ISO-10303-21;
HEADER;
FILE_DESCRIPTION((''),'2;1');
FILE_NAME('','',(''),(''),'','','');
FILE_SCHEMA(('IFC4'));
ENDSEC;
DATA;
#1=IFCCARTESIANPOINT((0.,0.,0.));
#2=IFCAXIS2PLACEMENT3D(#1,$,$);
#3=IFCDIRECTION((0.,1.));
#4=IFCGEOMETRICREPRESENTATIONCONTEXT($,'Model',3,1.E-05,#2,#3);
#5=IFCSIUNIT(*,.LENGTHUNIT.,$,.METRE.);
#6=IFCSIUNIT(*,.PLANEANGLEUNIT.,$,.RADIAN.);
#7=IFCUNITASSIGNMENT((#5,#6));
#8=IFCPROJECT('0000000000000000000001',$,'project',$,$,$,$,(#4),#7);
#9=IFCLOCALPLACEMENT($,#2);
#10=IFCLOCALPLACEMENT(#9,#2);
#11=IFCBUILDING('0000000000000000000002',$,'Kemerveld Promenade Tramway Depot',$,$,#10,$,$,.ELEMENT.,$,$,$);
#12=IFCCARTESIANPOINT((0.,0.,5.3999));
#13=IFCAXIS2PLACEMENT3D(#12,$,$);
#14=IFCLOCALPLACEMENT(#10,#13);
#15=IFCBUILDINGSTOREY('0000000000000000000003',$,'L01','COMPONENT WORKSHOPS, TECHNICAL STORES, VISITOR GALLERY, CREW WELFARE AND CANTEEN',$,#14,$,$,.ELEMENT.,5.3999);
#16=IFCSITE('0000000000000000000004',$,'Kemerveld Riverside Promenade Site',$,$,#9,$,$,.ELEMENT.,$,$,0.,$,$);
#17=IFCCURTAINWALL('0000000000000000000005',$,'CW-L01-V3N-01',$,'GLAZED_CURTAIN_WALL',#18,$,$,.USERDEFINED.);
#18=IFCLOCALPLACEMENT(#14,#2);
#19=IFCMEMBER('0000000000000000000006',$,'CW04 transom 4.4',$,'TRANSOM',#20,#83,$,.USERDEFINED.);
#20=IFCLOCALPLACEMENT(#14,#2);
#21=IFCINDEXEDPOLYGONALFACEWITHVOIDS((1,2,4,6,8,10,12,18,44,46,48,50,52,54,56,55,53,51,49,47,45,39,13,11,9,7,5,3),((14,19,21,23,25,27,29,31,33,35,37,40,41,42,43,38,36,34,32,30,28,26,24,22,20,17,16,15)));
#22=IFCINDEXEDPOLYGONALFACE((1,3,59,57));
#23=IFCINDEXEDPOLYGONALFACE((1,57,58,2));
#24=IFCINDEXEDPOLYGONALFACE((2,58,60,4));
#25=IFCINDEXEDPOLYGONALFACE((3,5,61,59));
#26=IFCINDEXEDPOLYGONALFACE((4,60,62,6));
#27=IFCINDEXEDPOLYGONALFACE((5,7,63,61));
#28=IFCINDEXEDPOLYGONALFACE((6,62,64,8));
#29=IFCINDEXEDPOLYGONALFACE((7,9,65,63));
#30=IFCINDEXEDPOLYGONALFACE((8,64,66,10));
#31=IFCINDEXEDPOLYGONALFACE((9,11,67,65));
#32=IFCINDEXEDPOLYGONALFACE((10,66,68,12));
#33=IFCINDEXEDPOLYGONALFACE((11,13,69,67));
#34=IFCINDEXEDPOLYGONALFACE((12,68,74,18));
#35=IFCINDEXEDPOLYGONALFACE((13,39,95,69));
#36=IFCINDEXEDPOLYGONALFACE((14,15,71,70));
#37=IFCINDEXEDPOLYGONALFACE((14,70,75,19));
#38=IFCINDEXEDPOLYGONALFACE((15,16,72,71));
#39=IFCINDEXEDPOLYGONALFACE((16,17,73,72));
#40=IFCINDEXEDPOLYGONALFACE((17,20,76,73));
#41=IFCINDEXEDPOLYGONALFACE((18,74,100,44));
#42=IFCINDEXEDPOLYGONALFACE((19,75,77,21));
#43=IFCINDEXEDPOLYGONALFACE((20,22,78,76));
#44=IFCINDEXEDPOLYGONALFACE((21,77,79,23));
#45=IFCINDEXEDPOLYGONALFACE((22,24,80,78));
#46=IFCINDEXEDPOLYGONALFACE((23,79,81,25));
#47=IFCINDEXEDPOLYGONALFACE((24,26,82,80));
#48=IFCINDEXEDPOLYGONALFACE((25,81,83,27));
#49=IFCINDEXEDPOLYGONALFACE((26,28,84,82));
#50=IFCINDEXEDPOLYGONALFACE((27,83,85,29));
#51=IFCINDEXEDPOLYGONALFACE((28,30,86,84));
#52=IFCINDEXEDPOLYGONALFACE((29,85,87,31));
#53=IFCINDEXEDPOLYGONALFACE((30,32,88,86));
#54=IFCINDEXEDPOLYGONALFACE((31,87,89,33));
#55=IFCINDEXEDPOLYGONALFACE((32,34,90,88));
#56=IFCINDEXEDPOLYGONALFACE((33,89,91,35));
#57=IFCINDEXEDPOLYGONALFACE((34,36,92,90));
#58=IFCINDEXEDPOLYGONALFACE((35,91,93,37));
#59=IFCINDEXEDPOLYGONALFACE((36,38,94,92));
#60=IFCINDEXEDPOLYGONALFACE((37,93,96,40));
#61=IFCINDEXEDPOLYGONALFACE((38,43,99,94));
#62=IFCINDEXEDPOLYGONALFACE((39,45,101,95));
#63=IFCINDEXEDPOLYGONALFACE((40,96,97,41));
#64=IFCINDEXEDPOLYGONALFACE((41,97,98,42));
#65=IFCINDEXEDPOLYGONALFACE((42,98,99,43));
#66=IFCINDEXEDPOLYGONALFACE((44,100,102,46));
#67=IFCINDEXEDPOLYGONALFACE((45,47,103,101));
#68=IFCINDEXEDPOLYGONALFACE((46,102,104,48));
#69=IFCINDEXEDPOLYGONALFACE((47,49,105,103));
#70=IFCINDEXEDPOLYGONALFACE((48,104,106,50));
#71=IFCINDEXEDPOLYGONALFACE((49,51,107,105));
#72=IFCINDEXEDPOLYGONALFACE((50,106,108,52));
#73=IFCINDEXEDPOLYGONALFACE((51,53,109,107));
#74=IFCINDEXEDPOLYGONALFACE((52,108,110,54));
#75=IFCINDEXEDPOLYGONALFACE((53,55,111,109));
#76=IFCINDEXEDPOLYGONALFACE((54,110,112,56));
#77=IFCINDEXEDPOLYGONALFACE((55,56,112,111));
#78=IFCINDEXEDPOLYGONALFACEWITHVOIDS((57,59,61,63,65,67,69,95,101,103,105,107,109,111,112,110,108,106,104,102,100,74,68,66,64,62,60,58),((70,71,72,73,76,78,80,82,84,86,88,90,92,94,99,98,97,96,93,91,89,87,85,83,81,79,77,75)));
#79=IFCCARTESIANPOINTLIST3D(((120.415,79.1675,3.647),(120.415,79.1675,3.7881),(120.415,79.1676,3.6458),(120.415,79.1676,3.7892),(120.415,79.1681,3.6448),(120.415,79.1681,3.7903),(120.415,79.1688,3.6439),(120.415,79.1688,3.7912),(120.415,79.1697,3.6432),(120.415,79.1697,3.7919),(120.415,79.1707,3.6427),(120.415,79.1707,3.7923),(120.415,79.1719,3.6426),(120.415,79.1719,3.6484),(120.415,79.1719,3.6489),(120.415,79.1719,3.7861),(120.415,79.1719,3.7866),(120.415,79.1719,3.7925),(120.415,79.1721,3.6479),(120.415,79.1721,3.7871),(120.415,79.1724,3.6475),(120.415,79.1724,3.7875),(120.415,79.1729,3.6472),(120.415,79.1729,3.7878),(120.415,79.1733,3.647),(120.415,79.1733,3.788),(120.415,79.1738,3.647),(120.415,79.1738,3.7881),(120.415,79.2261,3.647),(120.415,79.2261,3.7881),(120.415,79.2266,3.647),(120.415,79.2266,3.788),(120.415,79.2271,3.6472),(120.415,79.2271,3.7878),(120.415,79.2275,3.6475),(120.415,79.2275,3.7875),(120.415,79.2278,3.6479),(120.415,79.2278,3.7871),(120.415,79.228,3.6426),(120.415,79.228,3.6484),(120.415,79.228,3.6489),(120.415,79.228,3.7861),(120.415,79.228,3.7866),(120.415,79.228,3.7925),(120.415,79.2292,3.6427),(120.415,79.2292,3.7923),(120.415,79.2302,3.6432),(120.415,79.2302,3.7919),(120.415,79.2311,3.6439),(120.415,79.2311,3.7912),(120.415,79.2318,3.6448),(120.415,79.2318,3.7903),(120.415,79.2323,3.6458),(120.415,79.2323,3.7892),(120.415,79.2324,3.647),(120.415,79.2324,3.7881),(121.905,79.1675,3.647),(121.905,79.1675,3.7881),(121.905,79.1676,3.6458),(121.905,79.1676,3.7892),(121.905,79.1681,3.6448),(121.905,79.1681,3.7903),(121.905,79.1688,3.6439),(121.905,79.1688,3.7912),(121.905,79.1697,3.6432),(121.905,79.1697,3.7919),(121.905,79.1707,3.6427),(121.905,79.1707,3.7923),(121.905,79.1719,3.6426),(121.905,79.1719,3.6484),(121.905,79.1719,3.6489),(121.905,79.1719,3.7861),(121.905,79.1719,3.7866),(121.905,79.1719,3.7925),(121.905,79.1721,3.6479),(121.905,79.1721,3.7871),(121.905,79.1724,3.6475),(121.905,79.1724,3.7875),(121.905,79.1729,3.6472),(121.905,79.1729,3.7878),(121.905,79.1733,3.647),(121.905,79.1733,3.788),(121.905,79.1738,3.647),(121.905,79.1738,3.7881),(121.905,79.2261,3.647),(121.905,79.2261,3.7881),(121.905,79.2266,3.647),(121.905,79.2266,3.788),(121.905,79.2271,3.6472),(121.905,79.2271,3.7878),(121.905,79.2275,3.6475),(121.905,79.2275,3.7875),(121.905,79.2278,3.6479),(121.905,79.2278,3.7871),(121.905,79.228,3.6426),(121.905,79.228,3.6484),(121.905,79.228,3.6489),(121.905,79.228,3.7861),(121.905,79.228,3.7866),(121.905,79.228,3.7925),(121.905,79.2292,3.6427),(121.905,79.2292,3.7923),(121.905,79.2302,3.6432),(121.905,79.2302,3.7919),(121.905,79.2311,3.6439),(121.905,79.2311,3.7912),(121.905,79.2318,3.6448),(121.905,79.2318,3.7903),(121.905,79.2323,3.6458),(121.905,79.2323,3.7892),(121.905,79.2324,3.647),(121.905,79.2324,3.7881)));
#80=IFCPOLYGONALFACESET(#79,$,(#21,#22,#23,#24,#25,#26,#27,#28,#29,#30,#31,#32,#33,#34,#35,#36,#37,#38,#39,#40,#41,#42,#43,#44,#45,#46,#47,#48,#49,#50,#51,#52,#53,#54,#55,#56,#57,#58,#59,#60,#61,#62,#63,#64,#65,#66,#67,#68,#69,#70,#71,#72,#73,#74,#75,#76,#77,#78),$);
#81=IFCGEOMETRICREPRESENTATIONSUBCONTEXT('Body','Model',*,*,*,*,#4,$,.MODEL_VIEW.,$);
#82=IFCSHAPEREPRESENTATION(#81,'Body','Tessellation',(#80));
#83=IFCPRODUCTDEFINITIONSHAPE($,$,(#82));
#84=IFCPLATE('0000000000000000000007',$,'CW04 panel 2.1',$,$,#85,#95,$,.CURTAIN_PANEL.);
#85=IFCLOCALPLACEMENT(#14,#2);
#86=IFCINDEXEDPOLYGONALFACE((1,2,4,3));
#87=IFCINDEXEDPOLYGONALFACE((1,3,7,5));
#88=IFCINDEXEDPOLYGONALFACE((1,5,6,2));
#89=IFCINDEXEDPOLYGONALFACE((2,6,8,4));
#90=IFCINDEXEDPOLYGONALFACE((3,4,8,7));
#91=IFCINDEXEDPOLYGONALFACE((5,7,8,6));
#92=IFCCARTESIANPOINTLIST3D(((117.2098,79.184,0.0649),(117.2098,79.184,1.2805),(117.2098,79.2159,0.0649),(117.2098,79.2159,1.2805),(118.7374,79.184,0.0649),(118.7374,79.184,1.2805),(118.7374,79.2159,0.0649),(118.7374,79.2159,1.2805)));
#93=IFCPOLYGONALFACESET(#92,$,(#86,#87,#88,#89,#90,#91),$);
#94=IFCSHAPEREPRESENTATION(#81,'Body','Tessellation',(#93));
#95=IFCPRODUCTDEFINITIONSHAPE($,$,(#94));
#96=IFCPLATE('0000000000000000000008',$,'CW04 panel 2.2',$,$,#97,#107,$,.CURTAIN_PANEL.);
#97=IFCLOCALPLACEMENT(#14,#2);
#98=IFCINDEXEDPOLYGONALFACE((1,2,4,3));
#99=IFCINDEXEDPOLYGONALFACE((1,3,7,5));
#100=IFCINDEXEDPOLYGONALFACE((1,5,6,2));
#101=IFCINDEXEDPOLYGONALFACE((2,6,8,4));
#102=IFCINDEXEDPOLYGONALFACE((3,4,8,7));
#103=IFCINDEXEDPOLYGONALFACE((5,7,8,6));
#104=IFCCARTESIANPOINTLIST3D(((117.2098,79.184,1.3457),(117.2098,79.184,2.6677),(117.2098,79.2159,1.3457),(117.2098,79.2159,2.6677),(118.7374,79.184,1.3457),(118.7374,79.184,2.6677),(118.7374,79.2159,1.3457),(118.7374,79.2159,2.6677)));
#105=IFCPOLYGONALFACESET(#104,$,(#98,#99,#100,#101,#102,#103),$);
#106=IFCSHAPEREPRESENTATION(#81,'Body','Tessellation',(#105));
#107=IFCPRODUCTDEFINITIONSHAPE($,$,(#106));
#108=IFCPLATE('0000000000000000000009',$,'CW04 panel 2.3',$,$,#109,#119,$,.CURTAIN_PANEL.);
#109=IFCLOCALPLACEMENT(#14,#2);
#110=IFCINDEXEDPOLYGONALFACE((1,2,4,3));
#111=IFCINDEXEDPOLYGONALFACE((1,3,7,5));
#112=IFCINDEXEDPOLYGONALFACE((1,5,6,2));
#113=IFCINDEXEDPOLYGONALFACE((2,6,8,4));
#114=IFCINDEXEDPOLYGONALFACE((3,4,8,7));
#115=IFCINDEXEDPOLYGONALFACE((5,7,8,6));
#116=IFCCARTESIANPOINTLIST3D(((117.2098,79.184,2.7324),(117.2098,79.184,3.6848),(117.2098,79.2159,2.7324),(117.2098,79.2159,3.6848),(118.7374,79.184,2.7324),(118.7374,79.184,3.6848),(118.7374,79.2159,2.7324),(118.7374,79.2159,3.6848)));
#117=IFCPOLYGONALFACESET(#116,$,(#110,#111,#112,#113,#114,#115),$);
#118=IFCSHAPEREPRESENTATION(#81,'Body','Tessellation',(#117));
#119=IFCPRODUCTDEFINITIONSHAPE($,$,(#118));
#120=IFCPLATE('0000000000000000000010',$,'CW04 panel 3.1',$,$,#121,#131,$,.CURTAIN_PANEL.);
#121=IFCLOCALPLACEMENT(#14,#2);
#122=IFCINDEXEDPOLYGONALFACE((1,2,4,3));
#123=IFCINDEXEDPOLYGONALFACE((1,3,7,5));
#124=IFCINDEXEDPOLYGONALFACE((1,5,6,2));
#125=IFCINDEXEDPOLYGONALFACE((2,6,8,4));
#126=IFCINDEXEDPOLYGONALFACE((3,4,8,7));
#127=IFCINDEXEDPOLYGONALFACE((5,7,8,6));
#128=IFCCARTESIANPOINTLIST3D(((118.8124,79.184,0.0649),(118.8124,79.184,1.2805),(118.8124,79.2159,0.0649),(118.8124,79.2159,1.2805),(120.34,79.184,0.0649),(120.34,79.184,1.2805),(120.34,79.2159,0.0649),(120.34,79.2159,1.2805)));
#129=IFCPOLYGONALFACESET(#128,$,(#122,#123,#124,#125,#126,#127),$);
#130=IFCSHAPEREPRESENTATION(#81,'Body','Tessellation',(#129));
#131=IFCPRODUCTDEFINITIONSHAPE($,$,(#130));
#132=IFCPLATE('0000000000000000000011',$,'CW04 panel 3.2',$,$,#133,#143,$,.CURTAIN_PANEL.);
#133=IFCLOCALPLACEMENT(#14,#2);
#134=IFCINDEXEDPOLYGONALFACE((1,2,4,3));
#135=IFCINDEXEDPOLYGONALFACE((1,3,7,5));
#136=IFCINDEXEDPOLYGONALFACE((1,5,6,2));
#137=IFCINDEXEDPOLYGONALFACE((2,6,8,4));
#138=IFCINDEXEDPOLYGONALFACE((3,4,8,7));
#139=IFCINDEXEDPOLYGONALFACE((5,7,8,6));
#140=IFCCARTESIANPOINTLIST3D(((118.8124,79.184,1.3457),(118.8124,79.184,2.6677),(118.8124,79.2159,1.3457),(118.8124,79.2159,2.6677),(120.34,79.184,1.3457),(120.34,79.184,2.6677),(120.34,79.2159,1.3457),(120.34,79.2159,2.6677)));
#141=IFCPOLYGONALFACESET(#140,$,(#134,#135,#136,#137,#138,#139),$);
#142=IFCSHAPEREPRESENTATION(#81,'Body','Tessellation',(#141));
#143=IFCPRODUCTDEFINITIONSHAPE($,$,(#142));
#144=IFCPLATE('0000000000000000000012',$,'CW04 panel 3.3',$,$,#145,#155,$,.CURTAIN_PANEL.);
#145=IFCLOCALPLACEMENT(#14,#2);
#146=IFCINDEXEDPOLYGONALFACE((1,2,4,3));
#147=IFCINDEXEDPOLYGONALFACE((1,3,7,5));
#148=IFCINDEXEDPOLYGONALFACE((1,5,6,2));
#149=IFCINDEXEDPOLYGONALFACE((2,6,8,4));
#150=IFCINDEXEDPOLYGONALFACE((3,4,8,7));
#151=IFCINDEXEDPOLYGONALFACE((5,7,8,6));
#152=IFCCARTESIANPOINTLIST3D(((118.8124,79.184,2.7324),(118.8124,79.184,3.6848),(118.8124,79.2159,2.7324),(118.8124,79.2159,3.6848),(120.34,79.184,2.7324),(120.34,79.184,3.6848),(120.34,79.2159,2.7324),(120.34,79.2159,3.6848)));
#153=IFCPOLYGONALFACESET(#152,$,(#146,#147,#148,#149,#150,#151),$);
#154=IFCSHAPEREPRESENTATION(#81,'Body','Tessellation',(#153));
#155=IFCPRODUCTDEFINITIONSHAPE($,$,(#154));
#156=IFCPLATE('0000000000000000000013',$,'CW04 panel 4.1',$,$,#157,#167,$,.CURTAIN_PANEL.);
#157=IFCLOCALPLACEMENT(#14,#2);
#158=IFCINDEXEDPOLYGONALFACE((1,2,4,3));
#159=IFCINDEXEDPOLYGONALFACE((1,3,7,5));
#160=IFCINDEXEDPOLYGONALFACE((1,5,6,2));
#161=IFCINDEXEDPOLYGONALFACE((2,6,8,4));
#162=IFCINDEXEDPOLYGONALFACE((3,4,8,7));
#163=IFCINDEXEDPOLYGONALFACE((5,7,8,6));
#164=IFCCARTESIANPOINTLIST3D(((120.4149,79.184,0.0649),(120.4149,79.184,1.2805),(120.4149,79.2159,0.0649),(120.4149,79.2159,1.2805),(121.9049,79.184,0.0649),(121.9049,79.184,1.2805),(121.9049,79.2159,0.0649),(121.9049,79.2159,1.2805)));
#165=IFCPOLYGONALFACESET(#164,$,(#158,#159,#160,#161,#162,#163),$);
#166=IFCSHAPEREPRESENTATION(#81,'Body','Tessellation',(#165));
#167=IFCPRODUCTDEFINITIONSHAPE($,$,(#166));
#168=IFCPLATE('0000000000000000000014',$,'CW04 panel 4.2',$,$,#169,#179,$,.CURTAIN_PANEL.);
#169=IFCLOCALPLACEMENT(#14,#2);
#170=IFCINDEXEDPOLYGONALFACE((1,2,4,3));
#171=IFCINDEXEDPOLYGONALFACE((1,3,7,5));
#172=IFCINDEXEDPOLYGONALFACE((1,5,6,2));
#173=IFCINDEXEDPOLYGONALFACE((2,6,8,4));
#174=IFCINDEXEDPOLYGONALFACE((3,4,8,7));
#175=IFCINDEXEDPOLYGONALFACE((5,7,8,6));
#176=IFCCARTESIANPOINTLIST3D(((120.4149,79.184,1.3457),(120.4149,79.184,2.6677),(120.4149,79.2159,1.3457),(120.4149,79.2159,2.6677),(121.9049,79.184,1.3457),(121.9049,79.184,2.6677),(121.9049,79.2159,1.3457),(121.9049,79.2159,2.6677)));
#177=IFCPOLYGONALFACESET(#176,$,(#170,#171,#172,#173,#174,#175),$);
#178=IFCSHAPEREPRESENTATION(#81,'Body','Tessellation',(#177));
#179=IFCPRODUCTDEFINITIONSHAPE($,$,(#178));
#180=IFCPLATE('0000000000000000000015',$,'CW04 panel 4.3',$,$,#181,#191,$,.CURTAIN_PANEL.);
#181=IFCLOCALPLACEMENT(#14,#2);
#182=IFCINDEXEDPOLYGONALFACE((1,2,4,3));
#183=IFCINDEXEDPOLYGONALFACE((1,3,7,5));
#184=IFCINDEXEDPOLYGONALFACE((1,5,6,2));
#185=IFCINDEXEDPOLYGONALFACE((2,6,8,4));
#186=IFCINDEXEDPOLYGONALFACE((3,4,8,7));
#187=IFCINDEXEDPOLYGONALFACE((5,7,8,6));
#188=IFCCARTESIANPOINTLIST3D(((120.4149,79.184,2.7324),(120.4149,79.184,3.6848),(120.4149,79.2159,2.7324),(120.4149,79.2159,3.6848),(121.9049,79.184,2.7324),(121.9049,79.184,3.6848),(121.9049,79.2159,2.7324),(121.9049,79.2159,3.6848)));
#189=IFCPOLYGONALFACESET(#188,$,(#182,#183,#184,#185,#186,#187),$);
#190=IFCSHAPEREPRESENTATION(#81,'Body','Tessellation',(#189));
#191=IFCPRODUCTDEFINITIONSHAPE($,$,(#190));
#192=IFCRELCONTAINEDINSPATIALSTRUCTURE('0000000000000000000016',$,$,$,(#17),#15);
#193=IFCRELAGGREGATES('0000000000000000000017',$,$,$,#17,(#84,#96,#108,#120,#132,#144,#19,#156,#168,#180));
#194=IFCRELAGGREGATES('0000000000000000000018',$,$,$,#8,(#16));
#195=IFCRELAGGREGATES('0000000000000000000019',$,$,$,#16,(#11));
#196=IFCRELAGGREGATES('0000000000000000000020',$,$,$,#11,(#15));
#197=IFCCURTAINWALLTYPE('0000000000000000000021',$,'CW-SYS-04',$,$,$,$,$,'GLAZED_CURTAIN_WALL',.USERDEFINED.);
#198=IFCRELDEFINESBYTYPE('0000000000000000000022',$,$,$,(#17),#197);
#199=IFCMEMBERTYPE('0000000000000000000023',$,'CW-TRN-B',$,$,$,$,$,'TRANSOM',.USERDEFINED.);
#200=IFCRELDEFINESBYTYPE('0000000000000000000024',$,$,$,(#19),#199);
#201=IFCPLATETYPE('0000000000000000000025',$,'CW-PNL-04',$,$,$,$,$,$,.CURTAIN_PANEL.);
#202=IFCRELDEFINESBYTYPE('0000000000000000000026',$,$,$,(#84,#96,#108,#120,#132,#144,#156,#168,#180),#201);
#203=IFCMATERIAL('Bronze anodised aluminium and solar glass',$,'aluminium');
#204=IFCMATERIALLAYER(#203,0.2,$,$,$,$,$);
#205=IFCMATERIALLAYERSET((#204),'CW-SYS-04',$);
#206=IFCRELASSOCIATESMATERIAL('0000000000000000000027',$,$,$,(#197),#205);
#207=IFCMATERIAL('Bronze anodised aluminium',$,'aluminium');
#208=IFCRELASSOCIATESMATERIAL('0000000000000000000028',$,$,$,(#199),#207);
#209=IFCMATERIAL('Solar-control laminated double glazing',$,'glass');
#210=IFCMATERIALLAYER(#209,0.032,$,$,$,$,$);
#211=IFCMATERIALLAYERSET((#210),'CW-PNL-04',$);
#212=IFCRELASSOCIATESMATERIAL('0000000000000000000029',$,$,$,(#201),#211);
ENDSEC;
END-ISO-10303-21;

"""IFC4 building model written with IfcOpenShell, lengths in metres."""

from ifc_helpers import new_model, si_unit, direction, frame, origin, origin_2d, place, context, subcontext, project, spatial, rectangle, hollow_rectangle, extrude, material, layer, layer_set, material_profile, profile_set, type_object, element, aggregate, save


model = new_model("IFC4")

# Units and contexts
model_context = context("Model", 3, precision=1e-05, world=origin(), true_north=direction((0.0, 1.0)))
body_context = subcontext(model_context, "Body", "Model", "MODEL_VIEW")
ifc_project = project(units=[si_unit("LENGTHUNIT", "METRE"), si_unit("PLANEANGLEUNIT", "RADIAN")], contexts=[model_context])

# Site, building, storey
site_placement = place(None, origin())
site = spatial("IfcSite", under=ifc_project, at=site_placement, Name="Kemerveld Riverside Promenade Site", CompositionType="ELEMENT", RefElevation=0.0)
building_placement = place(site_placement, origin())
building = spatial("IfcBuilding", under=site, at=building_placement, Name="Kemerveld Promenade Tramway Depot", CompositionType="ELEMENT")
storey_placement = place(building_placement, frame((0.0, 0.0, 5.3999)))
storey = spatial("IfcBuildingStorey", under=building, at=storey_placement, Name="L01", Description="COMPONENT WORKSHOPS, TECHNICAL STORES, VISITOR GALLERY, CREW WELFARE AND CANTEEN", CompositionType="ELEMENT", Elevation=5.3999)

# Curtain wall, member, plates
ifc_material_1 = material(Name="Bronze anodised aluminium and solar glass", Category="aluminium")
ifc_layer_1 = layer(ifc_material_1, 0.2)
ifc_layer_set_1 = layer_set([ifc_layer_1], Name="CW-SYS-04")
curtain_wall_type = type_object("IfcCurtainWallType", Name="CW-SYS-04", ElementType="GLAZED_CURTAIN_WALL", PredefinedType="USERDEFINED", material=ifc_layer_set_1)
curtain_wall_placement = place(storey_placement, origin())
curtain_wall = element("IfcCurtainWall", 1, at=curtain_wall_placement, inside=storey, type_object=curtain_wall_type, Name="CW-L01-V3N-01", ObjectType="GLAZED_CURTAIN_WALL", PredefinedType="USERDEFINED")
ifc_material_2 = material(Name="Bronze anodised aluminium", Category="aluminium")
ifc_material_profile_1 = material_profile(ifc_material_2, hollow_rectangle(XDim=0.0649, YDim=0.1499, WallThickness=0.0044, InnerFilletRadius=0.002, OuterFilletRadius=0.0044, at=origin_2d()), Name="CW-TRN-150x65")
ifc_profile_set_1 = profile_set([ifc_material_profile_1], Name="Bronze anodised aluminium")
member_type_1 = type_object("IfcMemberType", Name="CW-TRN-B", ElementType="TRANSOM", PredefinedType="USERDEFINED", material=ifc_profile_set_1)
member_1_placement = place(storey_placement, frame((120.415, 79.2, 3.7175), z_axis=(1.0, 0.0, 0.0), x_axis=(0.0, 1.0, 0.0)))
member_1 = element("IfcMember", 2, at=member_1_placement, type_object=member_type_1, Name="CW04 transom 4.4", ObjectType="TRANSOM", PredefinedType="USERDEFINED", context=body_context, shape_type="SweptSolid", body=[
    extrude(hollow_rectangle(XDim=0.0649, YDim=0.1499, WallThickness=0.0044, InnerFilletRadius=0.002, OuterFilletRadius=0.0044, at=origin_2d()), origin(), (0.0, 0.0, 1.0), 1.49),
])
ifc_material_3 = material(Name="Solar-control laminated double glazing", Category="glass")
ifc_layer_2 = layer(ifc_material_3, 0.032)
ifc_layer_set_2 = layer_set([ifc_layer_2], Name="CW-PNL-04")
plate_type = type_object("IfcPlateType", Name="CW-PNL-04", PredefinedType="CURTAIN_PANEL", material=ifc_layer_set_2)
plate_1_placement = place(storey_placement, frame((117.9736, 79.2, 0.0649), z_axis=(0.0, 0.0, 1.0), x_axis=(1.0, 0.0, 0.0)))
plate_1 = element("IfcPlate", 3, at=plate_1_placement, type_object=plate_type, Name="CW04 panel 2.1", PredefinedType="CURTAIN_PANEL", context=body_context, shape_type="SweptSolid", body=[
    extrude(rectangle(XDim=1.5276, YDim=0.032, at=origin_2d()), origin(), (0.0, 0.0, 1.0), 1.2156),
])
plate_2_placement = place(storey_placement, frame((117.9736, 79.2, 1.3457), z_axis=(0.0, 0.0, 1.0), x_axis=(1.0, 0.0, 0.0)))
plate_2 = element("IfcPlate", 4, at=plate_2_placement, type_object=plate_type, Name="CW04 panel 2.2", PredefinedType="CURTAIN_PANEL", context=body_context, shape_type="SweptSolid", body=[
    extrude(rectangle(XDim=1.5276, YDim=0.032, at=origin_2d()), origin(), (0.0, 0.0, 1.0), 1.322),
])
plate_3_placement = place(storey_placement, frame((117.9736, 79.2, 2.7324), z_axis=(0.0, 0.0, 1.0), x_axis=(1.0, 0.0, 0.0)))
plate_3 = element("IfcPlate", 5, at=plate_3_placement, type_object=plate_type, Name="CW04 panel 2.3", PredefinedType="CURTAIN_PANEL", context=body_context, shape_type="SweptSolid", body=[
    extrude(rectangle(XDim=1.5276, YDim=0.032, at=origin_2d()), origin(), (0.0, 0.0, 1.0), 0.9524),
])
plate_4_placement = place(storey_placement, frame((119.5762, 79.2, 0.0649), z_axis=(0.0, 0.0, 1.0), x_axis=(1.0, 0.0, 0.0)))
plate_4 = element("IfcPlate", 6, at=plate_4_placement, type_object=plate_type, Name="CW04 panel 3.1", PredefinedType="CURTAIN_PANEL", context=body_context, shape_type="SweptSolid", body=[
    extrude(rectangle(XDim=1.5276, YDim=0.032, at=origin_2d()), origin(), (0.0, 0.0, 1.0), 1.2156),
])
plate_5_placement = place(storey_placement, frame((119.5762, 79.2, 1.3457), z_axis=(0.0, 0.0, 1.0), x_axis=(1.0, 0.0, 0.0)))
plate_5 = element("IfcPlate", 7, at=plate_5_placement, type_object=plate_type, Name="CW04 panel 3.2", PredefinedType="CURTAIN_PANEL", context=body_context, shape_type="SweptSolid", body=[
    extrude(rectangle(XDim=1.5276, YDim=0.032, at=origin_2d()), origin(), (0.0, 0.0, 1.0), 1.322),
])
plate_6_placement = place(storey_placement, frame((119.5762, 79.2, 2.7324), z_axis=(0.0, 0.0, 1.0), x_axis=(1.0, 0.0, 0.0)))
plate_6 = element("IfcPlate", 8, at=plate_6_placement, type_object=plate_type, Name="CW04 panel 3.3", PredefinedType="CURTAIN_PANEL", context=body_context, shape_type="SweptSolid", body=[
    extrude(rectangle(XDim=1.5276, YDim=0.032, at=origin_2d()), origin(), (0.0, 0.0, 1.0), 0.9524),
])
plate_7_placement = place(storey_placement, frame((121.1599, 79.2, 0.0649), z_axis=(0.0, 0.0, 1.0), x_axis=(1.0, 0.0, 0.0)))
plate_7 = element("IfcPlate", 9, at=plate_7_placement, type_object=plate_type, Name="CW04 panel 4.1", PredefinedType="CURTAIN_PANEL", context=body_context, shape_type="SweptSolid", body=[
    extrude(rectangle(XDim=1.49, YDim=0.032, at=origin_2d()), origin(), (0.0, 0.0, 1.0), 1.2156),
])
plate_8_placement = place(storey_placement, frame((121.1599, 79.2, 1.3457), z_axis=(0.0, 0.0, 1.0), x_axis=(1.0, 0.0, 0.0)))
plate_8 = element("IfcPlate", 10, at=plate_8_placement, type_object=plate_type, Name="CW04 panel 4.2", PredefinedType="CURTAIN_PANEL", context=body_context, shape_type="SweptSolid", body=[
    extrude(rectangle(XDim=1.49, YDim=0.032, at=origin_2d()), origin(), (0.0, 0.0, 1.0), 1.322),
])
plate_9_placement = place(storey_placement, frame((121.1599, 79.2, 2.7324), z_axis=(0.0, 0.0, 1.0), x_axis=(1.0, 0.0, 0.0)))
plate_9 = element("IfcPlate", 11, at=plate_9_placement, type_object=plate_type, Name="CW04 panel 4.3", PredefinedType="CURTAIN_PANEL", context=body_context, shape_type="SweptSolid", body=[
    extrude(rectangle(XDim=1.49, YDim=0.032, at=origin_2d()), origin(), (0.0, 0.0, 1.0), 0.9524),
])
aggregate(curtain_wall, [plate_1, plate_2, plate_3, plate_4, plate_5, plate_6, member_1, plate_7, plate_8, plate_9])

save(model, "model.ifc")
